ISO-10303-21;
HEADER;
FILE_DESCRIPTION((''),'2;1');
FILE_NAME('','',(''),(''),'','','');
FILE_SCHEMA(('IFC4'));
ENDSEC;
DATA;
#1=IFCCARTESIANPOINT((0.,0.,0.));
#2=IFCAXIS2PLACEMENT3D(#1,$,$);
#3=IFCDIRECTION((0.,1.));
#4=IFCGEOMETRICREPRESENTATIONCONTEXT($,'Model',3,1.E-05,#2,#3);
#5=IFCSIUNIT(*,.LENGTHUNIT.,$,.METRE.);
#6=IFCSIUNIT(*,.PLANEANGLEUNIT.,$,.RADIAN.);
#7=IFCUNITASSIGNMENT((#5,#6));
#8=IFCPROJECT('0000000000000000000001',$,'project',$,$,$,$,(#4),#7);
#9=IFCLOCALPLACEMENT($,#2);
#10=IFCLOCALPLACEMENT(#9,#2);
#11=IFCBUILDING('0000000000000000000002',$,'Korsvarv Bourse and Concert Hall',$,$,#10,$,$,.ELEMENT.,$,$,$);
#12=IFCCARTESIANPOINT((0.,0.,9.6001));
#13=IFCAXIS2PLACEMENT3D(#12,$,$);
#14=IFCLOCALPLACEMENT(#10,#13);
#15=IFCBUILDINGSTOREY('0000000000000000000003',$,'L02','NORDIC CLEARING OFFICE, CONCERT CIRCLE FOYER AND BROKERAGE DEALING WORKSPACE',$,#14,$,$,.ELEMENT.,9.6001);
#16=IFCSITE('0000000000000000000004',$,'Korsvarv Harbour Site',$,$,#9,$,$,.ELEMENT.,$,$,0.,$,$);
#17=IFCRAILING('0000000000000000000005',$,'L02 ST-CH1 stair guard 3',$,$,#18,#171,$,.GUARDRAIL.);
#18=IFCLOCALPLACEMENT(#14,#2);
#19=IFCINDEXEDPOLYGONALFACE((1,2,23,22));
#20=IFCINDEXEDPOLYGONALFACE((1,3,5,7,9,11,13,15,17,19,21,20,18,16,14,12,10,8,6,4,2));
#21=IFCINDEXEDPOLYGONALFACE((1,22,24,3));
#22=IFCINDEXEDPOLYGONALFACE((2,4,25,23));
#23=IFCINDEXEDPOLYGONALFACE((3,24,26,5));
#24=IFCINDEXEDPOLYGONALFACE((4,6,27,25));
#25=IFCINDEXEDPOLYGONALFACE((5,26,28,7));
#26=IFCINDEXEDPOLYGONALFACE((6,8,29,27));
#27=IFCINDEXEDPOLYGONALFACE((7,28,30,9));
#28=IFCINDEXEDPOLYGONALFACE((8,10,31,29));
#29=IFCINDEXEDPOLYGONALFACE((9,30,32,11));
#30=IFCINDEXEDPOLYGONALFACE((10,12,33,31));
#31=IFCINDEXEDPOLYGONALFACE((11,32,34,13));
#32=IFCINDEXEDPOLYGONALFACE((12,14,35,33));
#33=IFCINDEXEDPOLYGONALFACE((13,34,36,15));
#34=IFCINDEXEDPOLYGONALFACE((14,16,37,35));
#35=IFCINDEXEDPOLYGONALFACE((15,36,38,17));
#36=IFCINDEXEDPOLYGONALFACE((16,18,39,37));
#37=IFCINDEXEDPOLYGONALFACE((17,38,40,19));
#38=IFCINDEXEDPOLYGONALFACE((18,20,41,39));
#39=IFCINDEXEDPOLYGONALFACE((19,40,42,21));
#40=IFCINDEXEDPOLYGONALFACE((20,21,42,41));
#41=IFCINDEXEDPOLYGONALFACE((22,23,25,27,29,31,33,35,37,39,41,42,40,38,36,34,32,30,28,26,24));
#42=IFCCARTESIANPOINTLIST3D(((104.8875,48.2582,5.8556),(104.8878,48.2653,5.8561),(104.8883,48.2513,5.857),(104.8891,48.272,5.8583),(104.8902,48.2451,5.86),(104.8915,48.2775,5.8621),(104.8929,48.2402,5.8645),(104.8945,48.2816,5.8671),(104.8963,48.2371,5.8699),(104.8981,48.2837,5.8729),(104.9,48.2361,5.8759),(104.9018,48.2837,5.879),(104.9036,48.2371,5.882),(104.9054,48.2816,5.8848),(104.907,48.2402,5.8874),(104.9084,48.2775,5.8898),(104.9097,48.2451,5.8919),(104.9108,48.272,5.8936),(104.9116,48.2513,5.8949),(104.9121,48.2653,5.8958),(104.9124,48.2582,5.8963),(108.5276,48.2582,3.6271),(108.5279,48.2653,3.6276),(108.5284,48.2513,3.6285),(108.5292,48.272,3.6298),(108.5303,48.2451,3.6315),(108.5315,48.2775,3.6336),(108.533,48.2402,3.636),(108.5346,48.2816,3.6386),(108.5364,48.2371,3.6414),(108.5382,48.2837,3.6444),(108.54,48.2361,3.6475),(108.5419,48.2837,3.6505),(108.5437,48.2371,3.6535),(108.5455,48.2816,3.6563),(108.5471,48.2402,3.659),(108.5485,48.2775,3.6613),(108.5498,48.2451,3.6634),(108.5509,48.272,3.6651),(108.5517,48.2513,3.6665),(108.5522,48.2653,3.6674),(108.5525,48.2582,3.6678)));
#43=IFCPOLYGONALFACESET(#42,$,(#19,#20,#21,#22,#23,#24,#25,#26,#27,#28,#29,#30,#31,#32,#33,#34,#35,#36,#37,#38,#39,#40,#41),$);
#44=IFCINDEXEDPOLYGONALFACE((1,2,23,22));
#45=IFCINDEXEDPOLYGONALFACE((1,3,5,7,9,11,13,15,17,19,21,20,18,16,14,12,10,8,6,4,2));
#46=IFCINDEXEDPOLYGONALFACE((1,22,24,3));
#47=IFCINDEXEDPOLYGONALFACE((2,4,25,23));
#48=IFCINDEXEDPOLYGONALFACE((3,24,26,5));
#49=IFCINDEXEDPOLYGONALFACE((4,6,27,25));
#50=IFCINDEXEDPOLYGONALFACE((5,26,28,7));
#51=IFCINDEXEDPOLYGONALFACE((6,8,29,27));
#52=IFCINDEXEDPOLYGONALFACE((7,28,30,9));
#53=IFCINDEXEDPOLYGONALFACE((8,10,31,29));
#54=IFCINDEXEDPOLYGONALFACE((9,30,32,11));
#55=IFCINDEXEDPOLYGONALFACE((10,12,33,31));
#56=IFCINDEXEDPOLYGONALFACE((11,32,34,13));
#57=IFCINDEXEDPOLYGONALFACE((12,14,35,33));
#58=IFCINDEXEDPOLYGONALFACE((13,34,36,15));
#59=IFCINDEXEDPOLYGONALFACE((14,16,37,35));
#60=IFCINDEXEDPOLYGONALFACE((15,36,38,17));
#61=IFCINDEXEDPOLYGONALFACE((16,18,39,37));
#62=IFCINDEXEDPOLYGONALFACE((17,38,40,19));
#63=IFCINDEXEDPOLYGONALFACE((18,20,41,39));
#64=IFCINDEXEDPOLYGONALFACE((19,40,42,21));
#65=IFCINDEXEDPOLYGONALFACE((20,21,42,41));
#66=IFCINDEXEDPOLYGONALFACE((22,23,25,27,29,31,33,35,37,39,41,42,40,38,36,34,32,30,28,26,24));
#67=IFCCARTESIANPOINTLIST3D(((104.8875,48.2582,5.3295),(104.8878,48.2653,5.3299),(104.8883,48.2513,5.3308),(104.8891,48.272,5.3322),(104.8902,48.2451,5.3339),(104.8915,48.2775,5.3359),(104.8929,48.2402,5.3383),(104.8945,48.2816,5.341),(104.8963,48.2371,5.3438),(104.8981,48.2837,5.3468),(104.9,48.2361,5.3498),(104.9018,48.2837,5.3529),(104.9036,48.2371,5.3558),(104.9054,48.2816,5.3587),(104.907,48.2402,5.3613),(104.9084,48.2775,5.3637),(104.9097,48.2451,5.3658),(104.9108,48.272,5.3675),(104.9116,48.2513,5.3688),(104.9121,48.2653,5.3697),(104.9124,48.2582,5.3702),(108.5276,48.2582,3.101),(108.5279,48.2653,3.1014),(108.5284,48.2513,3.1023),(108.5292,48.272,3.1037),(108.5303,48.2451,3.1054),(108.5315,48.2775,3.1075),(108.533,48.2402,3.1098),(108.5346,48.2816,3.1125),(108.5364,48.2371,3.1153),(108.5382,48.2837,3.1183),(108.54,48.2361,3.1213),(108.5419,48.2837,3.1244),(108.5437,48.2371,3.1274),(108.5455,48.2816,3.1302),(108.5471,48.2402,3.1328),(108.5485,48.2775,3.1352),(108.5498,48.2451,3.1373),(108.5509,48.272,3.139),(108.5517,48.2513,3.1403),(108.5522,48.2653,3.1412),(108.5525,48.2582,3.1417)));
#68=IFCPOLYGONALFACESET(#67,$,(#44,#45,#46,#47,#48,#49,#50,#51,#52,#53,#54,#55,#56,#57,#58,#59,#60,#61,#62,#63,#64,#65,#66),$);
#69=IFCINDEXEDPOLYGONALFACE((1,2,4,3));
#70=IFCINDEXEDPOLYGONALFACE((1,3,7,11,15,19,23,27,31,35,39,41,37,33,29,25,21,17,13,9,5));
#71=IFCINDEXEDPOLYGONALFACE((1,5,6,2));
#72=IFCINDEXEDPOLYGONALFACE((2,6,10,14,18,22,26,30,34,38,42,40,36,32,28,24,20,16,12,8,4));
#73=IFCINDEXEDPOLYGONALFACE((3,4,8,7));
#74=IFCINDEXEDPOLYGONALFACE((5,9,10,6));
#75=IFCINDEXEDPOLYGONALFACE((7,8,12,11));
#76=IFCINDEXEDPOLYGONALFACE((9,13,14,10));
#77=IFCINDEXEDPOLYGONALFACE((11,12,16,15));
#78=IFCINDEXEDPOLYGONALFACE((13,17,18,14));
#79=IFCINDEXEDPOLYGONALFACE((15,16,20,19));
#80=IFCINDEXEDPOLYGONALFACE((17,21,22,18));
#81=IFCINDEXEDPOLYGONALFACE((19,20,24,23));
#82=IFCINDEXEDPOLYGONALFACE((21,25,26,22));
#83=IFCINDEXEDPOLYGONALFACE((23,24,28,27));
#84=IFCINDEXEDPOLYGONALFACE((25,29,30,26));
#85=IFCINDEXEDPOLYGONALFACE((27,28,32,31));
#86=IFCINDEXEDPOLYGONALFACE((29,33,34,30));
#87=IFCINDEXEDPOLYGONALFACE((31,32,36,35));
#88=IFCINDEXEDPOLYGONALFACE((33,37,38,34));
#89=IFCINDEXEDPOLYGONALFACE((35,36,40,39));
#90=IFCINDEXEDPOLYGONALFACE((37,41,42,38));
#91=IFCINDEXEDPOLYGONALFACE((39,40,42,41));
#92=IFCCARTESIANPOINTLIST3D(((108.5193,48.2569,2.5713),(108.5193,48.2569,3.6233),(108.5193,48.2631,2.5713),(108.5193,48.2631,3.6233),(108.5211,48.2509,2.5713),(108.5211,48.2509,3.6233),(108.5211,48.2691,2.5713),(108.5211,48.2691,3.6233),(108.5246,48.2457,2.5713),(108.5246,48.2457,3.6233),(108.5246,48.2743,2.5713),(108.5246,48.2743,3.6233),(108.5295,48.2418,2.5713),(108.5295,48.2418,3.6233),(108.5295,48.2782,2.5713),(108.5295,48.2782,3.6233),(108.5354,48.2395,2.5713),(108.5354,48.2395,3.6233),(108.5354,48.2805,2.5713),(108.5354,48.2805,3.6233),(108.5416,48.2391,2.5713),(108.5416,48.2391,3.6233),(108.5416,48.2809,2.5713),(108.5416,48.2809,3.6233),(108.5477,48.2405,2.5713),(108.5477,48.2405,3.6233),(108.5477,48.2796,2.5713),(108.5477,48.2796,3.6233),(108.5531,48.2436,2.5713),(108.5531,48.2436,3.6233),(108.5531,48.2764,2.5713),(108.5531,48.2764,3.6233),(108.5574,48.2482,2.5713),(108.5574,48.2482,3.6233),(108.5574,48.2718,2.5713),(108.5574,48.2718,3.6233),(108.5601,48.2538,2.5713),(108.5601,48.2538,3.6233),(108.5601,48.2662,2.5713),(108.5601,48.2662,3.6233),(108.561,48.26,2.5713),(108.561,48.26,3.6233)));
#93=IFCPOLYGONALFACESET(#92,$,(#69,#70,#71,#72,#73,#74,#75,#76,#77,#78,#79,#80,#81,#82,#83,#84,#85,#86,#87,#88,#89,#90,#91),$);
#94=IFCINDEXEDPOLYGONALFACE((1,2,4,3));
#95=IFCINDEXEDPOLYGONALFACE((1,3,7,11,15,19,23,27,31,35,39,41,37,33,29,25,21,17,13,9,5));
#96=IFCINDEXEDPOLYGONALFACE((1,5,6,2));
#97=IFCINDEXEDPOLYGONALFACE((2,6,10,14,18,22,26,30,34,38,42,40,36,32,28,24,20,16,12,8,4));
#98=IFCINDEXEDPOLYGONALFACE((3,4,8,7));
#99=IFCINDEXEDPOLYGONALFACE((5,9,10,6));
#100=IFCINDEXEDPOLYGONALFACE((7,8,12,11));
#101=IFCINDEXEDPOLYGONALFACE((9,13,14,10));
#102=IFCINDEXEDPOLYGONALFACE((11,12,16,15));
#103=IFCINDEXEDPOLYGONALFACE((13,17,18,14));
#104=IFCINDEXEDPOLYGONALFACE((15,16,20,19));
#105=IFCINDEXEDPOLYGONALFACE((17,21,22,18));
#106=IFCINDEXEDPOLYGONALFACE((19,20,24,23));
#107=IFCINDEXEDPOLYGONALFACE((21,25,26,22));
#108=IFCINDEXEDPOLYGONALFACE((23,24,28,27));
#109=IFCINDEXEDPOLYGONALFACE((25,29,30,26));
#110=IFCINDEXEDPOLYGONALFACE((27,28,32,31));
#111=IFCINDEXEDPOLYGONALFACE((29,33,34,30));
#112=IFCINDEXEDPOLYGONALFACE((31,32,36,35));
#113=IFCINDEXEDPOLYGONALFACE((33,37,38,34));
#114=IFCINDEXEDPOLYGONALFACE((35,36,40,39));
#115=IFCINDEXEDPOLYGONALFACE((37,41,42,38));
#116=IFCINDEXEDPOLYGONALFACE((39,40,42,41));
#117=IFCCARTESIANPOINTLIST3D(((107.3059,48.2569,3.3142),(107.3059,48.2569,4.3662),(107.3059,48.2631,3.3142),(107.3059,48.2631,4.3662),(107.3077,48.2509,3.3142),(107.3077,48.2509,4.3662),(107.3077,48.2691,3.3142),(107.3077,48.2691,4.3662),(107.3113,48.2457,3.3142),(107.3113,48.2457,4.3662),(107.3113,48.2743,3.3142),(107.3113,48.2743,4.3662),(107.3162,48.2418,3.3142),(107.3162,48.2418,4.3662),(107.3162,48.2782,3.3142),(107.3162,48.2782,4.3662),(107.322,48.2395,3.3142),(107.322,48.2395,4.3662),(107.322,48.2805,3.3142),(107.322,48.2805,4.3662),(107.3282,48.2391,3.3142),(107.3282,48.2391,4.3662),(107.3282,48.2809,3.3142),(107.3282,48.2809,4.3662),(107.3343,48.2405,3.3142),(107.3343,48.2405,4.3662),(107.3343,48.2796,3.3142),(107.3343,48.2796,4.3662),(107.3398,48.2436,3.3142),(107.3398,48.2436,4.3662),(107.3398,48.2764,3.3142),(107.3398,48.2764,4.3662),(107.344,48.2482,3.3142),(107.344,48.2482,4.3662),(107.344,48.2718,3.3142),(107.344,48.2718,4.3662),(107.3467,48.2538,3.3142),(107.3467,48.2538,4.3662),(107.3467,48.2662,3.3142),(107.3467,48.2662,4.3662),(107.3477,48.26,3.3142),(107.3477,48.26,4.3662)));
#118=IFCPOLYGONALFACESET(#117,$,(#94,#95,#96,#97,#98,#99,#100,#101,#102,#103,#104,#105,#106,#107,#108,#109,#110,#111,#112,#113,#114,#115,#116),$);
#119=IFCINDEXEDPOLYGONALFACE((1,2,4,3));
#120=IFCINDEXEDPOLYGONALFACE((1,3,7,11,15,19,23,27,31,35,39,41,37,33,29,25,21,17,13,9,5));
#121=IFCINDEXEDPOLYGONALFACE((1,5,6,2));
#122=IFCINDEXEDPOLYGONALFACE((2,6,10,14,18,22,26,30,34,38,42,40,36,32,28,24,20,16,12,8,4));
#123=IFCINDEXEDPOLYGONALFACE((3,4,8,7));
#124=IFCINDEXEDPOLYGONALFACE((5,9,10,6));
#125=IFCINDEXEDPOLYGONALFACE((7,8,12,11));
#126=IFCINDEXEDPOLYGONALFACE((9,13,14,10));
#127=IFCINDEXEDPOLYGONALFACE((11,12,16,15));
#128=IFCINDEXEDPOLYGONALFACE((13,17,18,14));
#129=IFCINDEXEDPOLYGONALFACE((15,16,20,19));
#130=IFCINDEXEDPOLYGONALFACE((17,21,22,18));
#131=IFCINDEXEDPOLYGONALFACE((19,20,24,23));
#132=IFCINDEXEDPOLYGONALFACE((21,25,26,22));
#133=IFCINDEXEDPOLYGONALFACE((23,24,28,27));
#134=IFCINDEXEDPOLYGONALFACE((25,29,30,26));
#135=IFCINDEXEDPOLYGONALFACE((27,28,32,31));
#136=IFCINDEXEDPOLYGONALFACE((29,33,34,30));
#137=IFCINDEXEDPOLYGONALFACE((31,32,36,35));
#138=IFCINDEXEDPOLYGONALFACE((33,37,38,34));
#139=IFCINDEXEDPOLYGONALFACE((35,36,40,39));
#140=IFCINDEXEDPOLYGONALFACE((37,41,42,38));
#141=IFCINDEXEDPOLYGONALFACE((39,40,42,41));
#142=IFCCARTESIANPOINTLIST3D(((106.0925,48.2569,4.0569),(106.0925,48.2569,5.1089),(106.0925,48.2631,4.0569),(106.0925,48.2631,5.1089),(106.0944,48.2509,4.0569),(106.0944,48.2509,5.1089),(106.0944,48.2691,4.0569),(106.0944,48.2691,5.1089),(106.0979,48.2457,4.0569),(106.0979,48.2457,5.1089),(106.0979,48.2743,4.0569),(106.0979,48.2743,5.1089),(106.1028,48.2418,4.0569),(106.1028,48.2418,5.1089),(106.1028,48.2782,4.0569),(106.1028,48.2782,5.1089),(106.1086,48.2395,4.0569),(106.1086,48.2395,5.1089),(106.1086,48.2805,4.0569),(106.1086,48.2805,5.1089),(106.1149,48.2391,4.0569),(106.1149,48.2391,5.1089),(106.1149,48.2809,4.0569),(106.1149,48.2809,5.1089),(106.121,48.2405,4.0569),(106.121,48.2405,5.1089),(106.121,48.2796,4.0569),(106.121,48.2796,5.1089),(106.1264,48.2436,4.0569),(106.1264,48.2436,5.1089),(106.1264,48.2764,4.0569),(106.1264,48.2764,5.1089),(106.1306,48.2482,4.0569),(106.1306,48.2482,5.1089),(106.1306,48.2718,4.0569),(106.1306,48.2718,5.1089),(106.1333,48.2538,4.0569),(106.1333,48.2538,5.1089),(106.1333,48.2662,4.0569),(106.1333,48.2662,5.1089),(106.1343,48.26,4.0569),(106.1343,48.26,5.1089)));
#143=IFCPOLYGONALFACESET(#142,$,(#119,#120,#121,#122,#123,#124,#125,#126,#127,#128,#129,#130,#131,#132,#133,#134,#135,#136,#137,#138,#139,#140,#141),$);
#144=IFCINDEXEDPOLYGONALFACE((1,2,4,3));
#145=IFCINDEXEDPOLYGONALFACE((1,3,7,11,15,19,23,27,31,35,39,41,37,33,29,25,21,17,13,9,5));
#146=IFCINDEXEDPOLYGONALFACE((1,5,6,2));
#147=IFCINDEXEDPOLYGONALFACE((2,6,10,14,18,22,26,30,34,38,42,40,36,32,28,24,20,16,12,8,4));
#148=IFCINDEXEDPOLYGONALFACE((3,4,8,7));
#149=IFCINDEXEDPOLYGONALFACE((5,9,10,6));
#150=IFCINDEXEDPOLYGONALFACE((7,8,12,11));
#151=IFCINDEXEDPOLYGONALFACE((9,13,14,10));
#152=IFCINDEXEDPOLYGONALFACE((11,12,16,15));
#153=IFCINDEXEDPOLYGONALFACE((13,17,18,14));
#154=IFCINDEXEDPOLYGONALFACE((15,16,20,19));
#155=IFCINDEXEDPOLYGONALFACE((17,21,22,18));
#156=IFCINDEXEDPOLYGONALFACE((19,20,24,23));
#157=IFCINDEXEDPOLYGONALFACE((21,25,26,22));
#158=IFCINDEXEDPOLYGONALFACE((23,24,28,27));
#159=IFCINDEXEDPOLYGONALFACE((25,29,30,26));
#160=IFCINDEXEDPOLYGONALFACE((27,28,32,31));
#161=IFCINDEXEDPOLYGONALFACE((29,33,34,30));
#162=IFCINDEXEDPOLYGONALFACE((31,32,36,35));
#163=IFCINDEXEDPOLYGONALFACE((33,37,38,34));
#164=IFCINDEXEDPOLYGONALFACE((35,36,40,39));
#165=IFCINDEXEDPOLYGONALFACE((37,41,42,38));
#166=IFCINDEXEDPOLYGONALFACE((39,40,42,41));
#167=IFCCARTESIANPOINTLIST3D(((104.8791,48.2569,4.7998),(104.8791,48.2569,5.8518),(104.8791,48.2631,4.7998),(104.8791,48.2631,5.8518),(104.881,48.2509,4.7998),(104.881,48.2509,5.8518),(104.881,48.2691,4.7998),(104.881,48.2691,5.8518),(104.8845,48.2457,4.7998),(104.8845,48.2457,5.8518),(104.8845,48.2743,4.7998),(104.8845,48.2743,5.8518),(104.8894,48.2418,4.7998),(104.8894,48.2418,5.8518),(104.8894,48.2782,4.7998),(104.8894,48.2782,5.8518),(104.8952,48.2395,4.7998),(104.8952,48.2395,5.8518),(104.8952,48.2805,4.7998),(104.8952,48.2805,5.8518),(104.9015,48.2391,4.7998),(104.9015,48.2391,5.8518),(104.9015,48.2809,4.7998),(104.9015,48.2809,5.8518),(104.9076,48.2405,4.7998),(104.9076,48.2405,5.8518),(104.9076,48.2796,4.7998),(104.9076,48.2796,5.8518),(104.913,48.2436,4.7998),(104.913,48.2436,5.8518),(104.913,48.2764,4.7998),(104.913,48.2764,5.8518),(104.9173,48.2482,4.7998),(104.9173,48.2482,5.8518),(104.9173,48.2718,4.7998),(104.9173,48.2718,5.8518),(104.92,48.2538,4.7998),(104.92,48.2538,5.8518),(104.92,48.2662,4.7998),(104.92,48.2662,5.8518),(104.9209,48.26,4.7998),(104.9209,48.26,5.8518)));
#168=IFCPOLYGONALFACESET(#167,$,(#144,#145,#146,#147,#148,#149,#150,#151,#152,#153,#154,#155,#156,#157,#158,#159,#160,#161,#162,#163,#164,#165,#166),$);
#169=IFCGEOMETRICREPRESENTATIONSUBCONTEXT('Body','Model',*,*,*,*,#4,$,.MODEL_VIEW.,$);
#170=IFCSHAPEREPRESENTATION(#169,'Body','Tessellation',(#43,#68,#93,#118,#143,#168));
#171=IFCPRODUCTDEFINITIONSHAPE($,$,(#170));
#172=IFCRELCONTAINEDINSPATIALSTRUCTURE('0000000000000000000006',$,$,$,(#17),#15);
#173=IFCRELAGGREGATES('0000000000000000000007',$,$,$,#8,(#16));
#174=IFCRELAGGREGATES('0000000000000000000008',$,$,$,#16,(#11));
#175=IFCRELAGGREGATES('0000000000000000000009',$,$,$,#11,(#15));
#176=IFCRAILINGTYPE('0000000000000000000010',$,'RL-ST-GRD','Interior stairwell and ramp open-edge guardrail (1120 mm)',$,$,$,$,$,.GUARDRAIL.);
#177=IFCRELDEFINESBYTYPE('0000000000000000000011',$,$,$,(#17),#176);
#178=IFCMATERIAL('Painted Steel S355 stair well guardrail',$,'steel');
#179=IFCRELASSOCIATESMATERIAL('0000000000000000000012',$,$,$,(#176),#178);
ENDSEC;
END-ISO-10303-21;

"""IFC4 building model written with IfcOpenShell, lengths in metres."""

from ifc_helpers import new_model, si_unit, direction, frame, origin, origin_2d, place, context, subcontext, project, spatial, circle, extrude, material, type_object, element, save


model = new_model("IFC4")

# Units and contexts
model_context = context("Model", 3, precision=1e-05, world=origin(), true_north=direction((0.0, 1.0)))
body_context = subcontext(model_context, "Body", "Model", "MODEL_VIEW")
ifc_project = project(units=[si_unit("LENGTHUNIT", "METRE"), si_unit("PLANEANGLEUNIT", "RADIAN")], contexts=[model_context])

# Site, building, storey
site_placement = place(None, origin())
site = spatial("IfcSite", under=ifc_project, at=site_placement, Name="Korsvarv Harbour Site", CompositionType="ELEMENT", RefElevation=0.0)
building_placement = place(site_placement, origin())
building = spatial("IfcBuilding", under=site, at=building_placement, Name="Korsvarv Bourse and Concert Hall", CompositionType="ELEMENT")
storey_placement = place(building_placement, frame((0.0, 0.0, 9.6001)))
storey = spatial("IfcBuildingStorey", under=building, at=storey_placement, Name="L02", Description="NORDIC CLEARING OFFICE, CONCERT CIRCLE FOYER AND BROKERAGE DEALING WORKSPACE", CompositionType="ELEMENT", Elevation=9.6001)

# Railing
ifc_material_1 = material(Name="Painted Steel S355 stair well guardrail", Category="steel")
railing_type_1 = type_object("IfcRailingType", Name="RL-ST-GRD", Description="Interior stairwell and ramp open-edge guardrail (1120 mm)", PredefinedType="GUARDRAIL", material=ifc_material_1)
railing_1_placement = place(storey_placement, frame((108.54, 48.26, 2.5713)))
element("IfcRailing", 1, at=railing_1_placement, inside=storey, type_object=railing_type_1, Name="L02 ST-CH1 stair guard 3", PredefinedType="GUARDRAIL", context=body_context, shape_type="SweptSolid", body=[
    extrude(circle(Radius=0.0239, at=origin_2d()), frame((0.0, 0.0, 1.0762), z_axis=(-0.852866, 0.0, 0.52213), x_axis=(0.0, -1.0, 0.0)), (0.0, 0.0, 1.0), 4.2681),
    extrude(circle(Radius=0.0239, at=origin_2d()), frame((0.0, 0.0, 0.55), z_axis=(-0.852866, 0.0, 0.52213), x_axis=(0.0, -1.0, 0.0)), (0.0, 0.0, 1.0), 4.2681),
    extrude(circle(Radius=0.021, at=origin_2d()), origin(), (0.0, 0.0, 1.0), 1.052),
    extrude(circle(Radius=0.021, at=origin_2d()), frame((-1.2134, 0.0, 0.7429)), (0.0, 0.0, 1.0), 1.052),
    extrude(circle(Radius=0.021, at=origin_2d()), frame((-2.4268, 0.0, 1.4856)), (0.0, 0.0, 1.0), 1.052),
    extrude(circle(Radius=0.021, at=origin_2d()), frame((-3.6401, 0.0, 2.2285)), (0.0, 0.0, 1.0), 1.052),
])

save(model, "model.ifc")
